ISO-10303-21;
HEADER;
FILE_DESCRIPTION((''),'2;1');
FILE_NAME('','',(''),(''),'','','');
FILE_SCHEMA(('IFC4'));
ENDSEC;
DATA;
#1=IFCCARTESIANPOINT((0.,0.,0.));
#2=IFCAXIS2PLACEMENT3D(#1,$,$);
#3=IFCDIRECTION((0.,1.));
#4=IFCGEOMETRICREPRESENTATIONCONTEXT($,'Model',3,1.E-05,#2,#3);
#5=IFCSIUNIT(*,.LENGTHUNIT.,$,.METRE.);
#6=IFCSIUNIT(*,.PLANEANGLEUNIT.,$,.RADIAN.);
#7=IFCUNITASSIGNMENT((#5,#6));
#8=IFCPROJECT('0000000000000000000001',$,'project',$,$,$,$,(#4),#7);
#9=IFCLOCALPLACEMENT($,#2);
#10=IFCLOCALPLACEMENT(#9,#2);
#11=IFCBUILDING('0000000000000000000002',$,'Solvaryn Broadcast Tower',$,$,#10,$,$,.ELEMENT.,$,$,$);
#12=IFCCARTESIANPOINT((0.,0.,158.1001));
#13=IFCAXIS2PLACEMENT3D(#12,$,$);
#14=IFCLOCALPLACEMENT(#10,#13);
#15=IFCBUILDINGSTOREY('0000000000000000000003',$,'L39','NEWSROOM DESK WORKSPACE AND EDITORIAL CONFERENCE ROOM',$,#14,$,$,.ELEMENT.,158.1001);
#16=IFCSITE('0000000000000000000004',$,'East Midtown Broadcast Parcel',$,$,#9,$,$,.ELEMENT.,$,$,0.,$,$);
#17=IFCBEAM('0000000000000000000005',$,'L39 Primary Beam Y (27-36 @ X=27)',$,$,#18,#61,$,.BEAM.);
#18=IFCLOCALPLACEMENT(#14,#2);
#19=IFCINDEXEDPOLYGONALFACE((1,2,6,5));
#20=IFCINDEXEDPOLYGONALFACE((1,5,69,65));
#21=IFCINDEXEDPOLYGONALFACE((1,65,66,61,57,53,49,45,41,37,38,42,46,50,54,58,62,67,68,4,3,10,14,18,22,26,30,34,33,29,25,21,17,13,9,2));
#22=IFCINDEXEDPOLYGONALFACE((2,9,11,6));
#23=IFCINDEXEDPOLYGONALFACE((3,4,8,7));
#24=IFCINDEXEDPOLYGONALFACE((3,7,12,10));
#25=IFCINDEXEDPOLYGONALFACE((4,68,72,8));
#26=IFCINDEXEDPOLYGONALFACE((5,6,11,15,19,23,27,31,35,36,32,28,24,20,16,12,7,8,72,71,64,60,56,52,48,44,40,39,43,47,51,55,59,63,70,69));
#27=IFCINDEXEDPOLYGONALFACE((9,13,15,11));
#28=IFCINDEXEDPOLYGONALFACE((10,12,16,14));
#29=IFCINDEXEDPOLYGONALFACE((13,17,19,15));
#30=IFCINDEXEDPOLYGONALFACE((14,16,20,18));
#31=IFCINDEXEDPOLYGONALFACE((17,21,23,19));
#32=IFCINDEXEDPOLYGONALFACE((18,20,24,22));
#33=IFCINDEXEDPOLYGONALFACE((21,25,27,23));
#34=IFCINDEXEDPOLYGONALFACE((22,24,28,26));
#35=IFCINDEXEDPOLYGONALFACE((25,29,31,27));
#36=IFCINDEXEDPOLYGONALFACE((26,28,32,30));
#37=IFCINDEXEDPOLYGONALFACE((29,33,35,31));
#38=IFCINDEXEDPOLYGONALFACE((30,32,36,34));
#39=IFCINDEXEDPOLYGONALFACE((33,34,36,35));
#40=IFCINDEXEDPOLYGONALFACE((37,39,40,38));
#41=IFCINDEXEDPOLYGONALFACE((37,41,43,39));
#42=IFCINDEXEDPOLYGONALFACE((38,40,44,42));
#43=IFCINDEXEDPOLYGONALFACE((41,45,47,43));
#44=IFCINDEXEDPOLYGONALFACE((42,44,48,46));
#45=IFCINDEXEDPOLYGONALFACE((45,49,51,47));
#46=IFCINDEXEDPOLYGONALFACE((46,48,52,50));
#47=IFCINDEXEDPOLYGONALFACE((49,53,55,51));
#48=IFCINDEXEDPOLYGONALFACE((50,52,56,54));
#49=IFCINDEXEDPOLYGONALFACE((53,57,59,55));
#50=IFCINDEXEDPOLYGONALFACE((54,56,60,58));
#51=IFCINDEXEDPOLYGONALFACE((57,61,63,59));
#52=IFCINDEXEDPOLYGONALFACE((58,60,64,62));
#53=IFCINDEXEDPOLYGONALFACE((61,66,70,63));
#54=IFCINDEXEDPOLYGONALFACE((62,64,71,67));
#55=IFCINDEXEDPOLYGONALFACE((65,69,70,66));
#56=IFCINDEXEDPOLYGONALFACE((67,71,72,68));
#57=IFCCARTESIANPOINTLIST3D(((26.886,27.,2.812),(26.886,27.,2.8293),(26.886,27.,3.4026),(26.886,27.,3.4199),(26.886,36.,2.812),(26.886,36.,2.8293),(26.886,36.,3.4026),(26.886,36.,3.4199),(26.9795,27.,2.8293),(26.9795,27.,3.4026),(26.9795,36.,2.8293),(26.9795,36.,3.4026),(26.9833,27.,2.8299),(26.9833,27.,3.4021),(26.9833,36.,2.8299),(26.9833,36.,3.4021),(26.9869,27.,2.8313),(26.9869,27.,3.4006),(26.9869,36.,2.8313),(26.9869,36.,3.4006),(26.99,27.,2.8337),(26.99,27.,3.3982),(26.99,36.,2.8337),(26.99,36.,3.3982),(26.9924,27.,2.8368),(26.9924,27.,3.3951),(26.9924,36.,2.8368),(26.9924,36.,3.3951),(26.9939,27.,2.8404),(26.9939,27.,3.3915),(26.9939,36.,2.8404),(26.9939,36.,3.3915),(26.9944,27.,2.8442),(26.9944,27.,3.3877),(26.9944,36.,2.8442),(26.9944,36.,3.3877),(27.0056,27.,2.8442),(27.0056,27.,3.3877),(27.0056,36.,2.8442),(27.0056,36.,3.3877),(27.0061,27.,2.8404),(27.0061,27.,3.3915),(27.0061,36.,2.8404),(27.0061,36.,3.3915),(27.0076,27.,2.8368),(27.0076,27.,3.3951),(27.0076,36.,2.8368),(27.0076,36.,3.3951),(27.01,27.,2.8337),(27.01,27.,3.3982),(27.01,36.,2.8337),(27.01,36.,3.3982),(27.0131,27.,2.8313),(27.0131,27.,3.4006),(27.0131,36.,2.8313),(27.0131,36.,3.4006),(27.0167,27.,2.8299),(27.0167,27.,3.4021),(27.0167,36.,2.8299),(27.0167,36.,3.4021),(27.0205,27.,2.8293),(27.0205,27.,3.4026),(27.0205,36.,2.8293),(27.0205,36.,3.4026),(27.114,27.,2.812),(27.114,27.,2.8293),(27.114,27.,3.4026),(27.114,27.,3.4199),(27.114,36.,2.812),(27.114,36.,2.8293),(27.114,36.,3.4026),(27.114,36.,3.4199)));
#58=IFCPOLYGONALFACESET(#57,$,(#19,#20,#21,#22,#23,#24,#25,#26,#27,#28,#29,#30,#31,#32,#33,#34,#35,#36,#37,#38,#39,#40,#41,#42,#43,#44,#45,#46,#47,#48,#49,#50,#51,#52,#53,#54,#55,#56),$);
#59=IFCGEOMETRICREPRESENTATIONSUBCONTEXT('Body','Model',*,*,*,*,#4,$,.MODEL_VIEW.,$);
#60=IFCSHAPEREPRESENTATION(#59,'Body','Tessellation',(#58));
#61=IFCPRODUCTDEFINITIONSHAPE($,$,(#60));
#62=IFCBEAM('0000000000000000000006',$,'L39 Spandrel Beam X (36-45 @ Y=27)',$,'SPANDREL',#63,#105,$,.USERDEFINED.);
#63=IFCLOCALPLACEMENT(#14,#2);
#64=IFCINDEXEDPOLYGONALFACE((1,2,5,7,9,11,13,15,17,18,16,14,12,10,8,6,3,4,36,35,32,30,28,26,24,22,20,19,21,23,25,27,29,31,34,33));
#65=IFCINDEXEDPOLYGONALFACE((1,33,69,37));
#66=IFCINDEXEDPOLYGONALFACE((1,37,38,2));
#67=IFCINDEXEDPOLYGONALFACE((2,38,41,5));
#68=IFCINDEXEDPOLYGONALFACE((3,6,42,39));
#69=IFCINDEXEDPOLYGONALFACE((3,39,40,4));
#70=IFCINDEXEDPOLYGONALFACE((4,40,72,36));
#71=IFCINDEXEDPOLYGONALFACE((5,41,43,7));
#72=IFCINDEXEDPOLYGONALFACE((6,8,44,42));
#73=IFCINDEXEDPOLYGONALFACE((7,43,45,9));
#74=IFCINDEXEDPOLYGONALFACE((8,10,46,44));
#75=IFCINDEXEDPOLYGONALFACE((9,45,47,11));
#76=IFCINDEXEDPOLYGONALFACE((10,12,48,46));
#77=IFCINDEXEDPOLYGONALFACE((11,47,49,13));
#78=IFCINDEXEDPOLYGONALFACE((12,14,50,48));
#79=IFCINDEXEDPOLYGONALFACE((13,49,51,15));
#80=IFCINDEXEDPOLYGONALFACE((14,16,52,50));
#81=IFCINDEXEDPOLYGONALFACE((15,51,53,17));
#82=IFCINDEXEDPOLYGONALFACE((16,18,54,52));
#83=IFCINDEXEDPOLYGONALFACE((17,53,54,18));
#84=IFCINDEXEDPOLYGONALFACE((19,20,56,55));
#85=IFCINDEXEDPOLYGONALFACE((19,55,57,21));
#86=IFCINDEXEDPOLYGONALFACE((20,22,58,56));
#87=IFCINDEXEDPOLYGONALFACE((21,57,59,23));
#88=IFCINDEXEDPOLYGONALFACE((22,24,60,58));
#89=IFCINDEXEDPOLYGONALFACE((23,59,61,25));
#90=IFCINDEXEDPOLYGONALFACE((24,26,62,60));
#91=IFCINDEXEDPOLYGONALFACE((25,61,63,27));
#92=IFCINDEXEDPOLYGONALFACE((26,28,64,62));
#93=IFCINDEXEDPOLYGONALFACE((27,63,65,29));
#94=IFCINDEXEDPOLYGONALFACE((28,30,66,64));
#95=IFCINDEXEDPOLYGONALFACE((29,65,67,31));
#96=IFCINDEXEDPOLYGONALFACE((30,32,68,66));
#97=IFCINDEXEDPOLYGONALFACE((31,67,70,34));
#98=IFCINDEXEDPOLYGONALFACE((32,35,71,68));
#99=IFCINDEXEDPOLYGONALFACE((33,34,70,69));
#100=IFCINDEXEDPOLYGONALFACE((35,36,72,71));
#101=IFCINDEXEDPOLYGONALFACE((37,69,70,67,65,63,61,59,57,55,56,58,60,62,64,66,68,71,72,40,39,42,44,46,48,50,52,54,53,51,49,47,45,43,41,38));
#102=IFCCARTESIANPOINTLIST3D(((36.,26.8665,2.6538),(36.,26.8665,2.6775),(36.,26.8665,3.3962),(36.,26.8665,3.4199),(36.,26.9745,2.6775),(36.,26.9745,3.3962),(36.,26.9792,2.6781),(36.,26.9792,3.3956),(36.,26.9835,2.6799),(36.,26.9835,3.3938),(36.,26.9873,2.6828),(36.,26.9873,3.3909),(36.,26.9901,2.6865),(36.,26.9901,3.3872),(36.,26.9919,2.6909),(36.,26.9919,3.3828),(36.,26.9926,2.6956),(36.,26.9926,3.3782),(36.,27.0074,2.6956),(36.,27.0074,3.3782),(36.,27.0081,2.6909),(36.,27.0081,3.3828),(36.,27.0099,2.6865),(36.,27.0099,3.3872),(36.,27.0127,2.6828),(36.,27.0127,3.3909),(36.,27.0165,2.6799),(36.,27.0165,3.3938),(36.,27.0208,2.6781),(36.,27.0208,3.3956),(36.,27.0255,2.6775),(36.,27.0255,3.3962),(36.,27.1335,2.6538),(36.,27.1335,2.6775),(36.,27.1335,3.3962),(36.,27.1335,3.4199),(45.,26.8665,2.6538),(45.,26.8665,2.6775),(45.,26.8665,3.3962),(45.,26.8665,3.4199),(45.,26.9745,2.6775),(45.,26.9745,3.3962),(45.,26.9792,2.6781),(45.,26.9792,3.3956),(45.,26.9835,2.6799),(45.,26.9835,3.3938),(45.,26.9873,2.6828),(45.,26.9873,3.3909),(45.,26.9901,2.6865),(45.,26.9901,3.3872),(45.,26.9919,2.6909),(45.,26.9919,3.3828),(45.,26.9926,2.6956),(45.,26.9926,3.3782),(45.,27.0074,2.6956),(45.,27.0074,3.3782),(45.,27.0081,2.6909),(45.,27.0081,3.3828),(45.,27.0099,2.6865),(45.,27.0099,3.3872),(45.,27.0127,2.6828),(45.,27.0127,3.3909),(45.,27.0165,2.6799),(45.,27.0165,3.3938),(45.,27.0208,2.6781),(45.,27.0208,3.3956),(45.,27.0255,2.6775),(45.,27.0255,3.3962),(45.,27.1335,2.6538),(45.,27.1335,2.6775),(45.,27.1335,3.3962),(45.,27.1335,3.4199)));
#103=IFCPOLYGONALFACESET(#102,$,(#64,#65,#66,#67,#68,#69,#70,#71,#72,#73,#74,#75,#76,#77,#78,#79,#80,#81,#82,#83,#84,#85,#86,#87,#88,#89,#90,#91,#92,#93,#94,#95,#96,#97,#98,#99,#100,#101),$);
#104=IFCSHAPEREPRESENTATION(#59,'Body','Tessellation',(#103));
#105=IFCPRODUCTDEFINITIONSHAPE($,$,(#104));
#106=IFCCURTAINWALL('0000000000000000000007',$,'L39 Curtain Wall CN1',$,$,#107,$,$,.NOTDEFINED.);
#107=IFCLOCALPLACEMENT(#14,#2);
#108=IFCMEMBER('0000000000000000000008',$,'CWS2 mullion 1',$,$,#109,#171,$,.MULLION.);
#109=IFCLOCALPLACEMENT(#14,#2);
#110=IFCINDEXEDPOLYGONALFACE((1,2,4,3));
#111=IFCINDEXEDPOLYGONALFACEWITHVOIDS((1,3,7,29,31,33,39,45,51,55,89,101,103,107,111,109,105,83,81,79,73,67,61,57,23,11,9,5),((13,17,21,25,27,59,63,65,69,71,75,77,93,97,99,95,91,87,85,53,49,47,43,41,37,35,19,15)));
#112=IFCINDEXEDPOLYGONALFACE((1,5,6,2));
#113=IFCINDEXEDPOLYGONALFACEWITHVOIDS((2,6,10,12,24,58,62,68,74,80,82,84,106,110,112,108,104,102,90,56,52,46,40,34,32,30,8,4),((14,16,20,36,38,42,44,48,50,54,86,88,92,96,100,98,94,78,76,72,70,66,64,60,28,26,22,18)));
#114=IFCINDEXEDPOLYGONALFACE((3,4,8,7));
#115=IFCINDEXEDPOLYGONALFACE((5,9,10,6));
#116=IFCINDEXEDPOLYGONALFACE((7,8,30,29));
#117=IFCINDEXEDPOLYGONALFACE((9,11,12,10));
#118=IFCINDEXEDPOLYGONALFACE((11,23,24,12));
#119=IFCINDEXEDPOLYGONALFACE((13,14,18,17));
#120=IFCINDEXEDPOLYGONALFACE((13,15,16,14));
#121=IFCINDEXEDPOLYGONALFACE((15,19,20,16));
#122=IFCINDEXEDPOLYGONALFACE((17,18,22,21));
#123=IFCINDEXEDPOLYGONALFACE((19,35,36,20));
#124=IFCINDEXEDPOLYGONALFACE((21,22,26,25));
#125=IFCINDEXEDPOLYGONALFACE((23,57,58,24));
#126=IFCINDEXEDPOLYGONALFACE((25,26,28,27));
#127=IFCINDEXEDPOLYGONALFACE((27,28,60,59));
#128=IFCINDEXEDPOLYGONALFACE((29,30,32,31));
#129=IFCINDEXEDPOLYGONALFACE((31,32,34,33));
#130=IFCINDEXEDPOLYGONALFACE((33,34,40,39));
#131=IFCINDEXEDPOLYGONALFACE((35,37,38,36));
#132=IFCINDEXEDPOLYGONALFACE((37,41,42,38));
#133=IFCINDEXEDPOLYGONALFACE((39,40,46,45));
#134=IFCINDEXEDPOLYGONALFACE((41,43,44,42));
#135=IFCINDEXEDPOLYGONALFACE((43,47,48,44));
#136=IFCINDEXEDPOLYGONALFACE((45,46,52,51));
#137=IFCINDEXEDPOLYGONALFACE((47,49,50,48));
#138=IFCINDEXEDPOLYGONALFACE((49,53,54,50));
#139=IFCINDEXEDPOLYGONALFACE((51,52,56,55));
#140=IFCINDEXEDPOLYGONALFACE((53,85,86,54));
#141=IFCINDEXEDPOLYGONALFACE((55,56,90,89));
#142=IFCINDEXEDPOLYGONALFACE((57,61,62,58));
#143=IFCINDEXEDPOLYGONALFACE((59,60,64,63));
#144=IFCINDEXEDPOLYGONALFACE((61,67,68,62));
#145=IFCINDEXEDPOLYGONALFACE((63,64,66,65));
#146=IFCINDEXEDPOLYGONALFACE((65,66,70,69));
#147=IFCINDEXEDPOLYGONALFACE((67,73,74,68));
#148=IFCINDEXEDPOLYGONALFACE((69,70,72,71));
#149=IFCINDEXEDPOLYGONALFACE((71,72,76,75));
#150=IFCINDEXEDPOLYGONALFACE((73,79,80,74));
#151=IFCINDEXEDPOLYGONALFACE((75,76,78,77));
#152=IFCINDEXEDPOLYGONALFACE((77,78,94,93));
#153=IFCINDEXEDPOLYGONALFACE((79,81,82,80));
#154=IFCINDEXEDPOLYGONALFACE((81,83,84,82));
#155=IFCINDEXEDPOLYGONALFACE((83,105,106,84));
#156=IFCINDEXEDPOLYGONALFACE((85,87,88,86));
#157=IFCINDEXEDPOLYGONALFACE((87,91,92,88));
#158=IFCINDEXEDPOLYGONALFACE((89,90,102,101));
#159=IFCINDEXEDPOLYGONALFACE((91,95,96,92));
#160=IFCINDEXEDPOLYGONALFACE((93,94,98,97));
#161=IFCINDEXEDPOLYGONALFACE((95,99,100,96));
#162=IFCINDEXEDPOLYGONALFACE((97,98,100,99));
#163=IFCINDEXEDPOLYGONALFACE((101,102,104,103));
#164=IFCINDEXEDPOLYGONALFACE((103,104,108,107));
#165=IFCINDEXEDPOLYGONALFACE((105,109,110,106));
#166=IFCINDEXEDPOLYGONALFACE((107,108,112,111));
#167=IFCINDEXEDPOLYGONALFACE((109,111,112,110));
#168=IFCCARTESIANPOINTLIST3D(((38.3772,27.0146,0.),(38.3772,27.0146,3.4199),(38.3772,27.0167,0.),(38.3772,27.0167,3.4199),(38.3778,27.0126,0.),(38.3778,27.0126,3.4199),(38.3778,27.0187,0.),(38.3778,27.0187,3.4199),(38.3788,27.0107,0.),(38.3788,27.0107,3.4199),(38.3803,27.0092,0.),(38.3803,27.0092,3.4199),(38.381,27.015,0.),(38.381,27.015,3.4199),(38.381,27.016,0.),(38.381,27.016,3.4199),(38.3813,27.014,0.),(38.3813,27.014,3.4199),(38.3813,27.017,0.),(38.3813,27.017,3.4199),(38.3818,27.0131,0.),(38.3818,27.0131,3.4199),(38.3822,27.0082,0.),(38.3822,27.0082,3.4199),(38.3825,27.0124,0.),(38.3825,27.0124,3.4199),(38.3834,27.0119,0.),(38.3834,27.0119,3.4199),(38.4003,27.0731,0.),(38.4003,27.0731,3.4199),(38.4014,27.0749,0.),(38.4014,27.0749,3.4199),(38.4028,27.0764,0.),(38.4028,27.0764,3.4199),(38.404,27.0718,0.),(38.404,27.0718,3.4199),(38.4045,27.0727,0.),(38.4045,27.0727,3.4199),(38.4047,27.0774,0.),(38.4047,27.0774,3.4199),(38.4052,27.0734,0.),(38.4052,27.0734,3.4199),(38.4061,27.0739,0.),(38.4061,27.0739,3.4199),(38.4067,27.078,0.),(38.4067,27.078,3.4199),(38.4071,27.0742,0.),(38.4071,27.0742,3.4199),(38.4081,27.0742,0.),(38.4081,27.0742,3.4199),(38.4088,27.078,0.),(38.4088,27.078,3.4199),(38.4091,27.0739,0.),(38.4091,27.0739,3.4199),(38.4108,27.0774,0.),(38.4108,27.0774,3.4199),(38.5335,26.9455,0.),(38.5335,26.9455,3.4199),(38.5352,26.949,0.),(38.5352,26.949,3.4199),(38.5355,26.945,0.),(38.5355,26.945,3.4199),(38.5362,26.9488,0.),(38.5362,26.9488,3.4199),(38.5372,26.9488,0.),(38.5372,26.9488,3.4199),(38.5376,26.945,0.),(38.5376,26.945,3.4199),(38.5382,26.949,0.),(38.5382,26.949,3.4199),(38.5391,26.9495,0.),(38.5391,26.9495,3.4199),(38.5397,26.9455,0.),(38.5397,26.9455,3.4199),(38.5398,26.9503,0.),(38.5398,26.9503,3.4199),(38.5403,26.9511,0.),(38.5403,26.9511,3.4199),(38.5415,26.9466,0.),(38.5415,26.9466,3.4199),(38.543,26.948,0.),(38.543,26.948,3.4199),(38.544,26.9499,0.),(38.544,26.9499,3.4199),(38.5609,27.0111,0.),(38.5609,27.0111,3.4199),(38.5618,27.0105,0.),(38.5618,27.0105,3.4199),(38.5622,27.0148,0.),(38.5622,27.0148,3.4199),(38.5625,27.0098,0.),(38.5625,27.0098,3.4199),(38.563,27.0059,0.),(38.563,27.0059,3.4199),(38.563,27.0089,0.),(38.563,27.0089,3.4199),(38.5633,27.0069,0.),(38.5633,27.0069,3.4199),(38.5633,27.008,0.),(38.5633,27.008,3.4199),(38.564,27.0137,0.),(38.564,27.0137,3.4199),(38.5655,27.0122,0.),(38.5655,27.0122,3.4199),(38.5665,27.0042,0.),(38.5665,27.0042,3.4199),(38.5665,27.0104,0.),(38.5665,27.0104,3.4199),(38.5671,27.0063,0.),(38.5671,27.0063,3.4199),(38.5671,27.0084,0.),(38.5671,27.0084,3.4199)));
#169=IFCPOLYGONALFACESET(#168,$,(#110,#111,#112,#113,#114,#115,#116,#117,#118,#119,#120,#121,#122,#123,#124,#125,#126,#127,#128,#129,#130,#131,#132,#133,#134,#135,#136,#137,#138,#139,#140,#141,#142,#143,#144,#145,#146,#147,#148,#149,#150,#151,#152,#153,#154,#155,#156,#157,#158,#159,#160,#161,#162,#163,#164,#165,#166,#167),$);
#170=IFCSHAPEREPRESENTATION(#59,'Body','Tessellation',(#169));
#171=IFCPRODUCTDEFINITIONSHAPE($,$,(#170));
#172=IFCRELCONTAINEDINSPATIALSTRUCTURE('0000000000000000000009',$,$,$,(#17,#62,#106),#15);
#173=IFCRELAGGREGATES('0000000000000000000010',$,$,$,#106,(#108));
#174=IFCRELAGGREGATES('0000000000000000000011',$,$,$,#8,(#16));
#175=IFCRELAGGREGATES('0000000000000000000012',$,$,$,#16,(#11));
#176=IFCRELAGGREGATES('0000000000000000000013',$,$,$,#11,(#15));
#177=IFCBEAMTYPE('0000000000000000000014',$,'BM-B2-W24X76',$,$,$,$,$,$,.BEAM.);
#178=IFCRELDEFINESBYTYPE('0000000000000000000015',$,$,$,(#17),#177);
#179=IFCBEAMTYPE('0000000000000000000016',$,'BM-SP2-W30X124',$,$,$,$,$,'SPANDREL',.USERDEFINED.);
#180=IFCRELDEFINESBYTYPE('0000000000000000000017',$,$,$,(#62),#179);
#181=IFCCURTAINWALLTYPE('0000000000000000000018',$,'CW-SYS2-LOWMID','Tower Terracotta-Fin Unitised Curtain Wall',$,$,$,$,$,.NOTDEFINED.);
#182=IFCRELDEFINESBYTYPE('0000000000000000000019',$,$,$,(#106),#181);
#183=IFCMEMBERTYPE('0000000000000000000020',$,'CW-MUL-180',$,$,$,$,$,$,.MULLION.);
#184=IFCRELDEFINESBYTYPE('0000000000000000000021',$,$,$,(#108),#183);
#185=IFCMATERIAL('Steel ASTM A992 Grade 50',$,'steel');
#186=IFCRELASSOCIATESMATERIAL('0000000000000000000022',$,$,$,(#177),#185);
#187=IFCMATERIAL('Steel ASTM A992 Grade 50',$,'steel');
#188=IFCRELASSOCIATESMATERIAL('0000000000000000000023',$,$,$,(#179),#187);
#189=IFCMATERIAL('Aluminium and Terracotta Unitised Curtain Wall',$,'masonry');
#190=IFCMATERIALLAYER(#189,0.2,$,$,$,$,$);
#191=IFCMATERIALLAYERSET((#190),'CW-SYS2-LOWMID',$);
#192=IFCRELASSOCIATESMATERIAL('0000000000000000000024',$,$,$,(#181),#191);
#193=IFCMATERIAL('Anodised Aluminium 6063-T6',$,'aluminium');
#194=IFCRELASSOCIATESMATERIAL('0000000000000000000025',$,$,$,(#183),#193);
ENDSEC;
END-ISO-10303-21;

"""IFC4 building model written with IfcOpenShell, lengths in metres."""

from ifc_helpers import new_model, si_unit, direction, frame, origin, origin_2d, place, context, subcontext, project, spatial, hollow_rectangle, i_section, extrude, material, layer, layer_set, material_profile, profile_set, type_object, element, aggregate, save


model = new_model("IFC4")

# Units and contexts
model_context = context("Model", 3, precision=1e-05, world=origin(), true_north=direction((0.0, 1.0)))
body_context = subcontext(model_context, "Body", "Model", "MODEL_VIEW")
ifc_project = project(units=[si_unit("LENGTHUNIT", "METRE"), si_unit("PLANEANGLEUNIT", "RADIAN")], contexts=[model_context])

# Site, building, storey
site_placement = place(None, origin())
site = spatial("IfcSite", under=ifc_project, at=site_placement, Name="East Midtown Broadcast Parcel", CompositionType="ELEMENT", RefElevation=0.0)
building_placement = place(site_placement, origin())
building = spatial("IfcBuilding", under=site, at=building_placement, Name="Solvaryn Broadcast Tower", CompositionType="ELEMENT")
storey_placement = place(building_placement, frame((0.0, 0.0, 158.1001)))
storey = spatial("IfcBuildingStorey", under=building, at=storey_placement, Name="L39", Description="NEWSROOM DESK WORKSPACE AND EDITORIAL CONFERENCE ROOM", CompositionType="ELEMENT", Elevation=158.1001)

# Beams
ifc_material_1 = material(Name="Steel ASTM A992 Grade 50", Category="steel")
ifc_material_profile_1 = material_profile(ifc_material_1, i_section(OverallWidth=0.228, OverallDepth=0.6079, WebThickness=0.0112, FlangeThickness=0.0173, FilletRadius=0.0149, at=origin_2d()))
ifc_profile_set_1 = profile_set([ifc_material_profile_1], Name="Steel ASTM A992 Grade 50")
beam_type_1 = type_object("IfcBeamType", Name="BM-B2-W24X76", PredefinedType="BEAM", material=ifc_profile_set_1)
beam_1_placement = place(storey_placement, frame((27.0, 27.0, 3.116), z_axis=(0.0, 1.0, 0.0), x_axis=(-1.0, 0.0, 0.0)))
element("IfcBeam", 1, at=beam_1_placement, inside=storey, type_object=beam_type_1, Name="L39 Primary Beam Y (27-36 @ X=27)", PredefinedType="BEAM", context=body_context, shape_type="SweptSolid", body=[
    extrude(i_section(OverallWidth=0.228, OverallDepth=0.6079, WebThickness=0.0112, FlangeThickness=0.0173, FilletRadius=0.0149, at=origin_2d()), origin(), (0.0, 0.0, 1.0), 9.0),
])
ifc_material_2 = material(Name="Steel ASTM A992 Grade 50", Category="steel")
ifc_material_profile_2 = material_profile(ifc_material_2, i_section(OverallWidth=0.2671, OverallDepth=0.7661, WebThickness=0.0149, FlangeThickness=0.0237, FilletRadius=0.0181, at=origin_2d()))
ifc_profile_set_2 = profile_set([ifc_material_profile_2], Name="Steel ASTM A992 Grade 50")
beam_type_2 = type_object("IfcBeamType", Name="BM-SP2-W30X124", ElementType="SPANDREL", PredefinedType="USERDEFINED", material=ifc_profile_set_2)
beam_2_placement = place(storey_placement, frame((36.0, 27.0, 3.0369), z_axis=(1.0, 0.0, 0.0), x_axis=(0.0, 1.0, 0.0)))
element("IfcBeam", 2, at=beam_2_placement, inside=storey, type_object=beam_type_2, Name="L39 Spandrel Beam X (36-45 @ Y=27)", ObjectType="SPANDREL", PredefinedType="USERDEFINED", context=body_context, shape_type="SweptSolid", body=[
    extrude(i_section(OverallWidth=0.2671, OverallDepth=0.7661, WebThickness=0.0149, FlangeThickness=0.0237, FilletRadius=0.0181, at=origin_2d()), origin(), (0.0, 0.0, 1.0), 9.0),
])

# Curtain wall, member
ifc_material_3 = material(Name="Aluminium and Terracotta Unitised Curtain Wall", Category="masonry")
ifc_layer_1 = layer(ifc_material_3, 0.2)
ifc_layer_set_1 = layer_set([ifc_layer_1], Name="CW-SYS2-LOWMID")
curtain_wall_type = type_object("IfcCurtainWallType", Name="CW-SYS2-LOWMID", Description="Tower Terracotta-Fin Unitised Curtain Wall", PredefinedType="NOTDEFINED", material=ifc_layer_set_1)
curtain_wall_1_placement = place(storey_placement, origin())
curtain_wall_1 = element("IfcCurtainWall", 3, at=curtain_wall_1_placement, inside=storey, type_object=curtain_wall_type, Name="L39 Curtain Wall CN1", PredefinedType="NOTDEFINED")
ifc_material_4 = material(Name="Anodised Aluminium 6063-T6", Category="aluminium")
ifc_material_profile_3 = material_profile(ifc_material_4, hollow_rectangle(XDim=0.075, YDim=0.1799, WallThickness=0.0039, InnerFilletRadius=0.0039, OuterFilletRadius=0.0081, at=origin_2d()))
ifc_profile_set_3 = profile_set([ifc_material_profile_3], Name="Anodised Aluminium 6063-T6")
member_type_1 = type_object("IfcMemberType", Name="CW-MUL-180", PredefinedType="MULLION", material=ifc_profile_set_3)
member_1_placement = place(storey_placement, frame((38.4722, 27.0115, 0.0), z_axis=(0.0, 0.0, 1.0), x_axis=(-0.382646, -0.923895, 0.0)))
member_1 = element("IfcMember", 4, at=member_1_placement, type_object=member_type_1, Name="CWS2 mullion 1", PredefinedType="MULLION", context=body_context, shape_type="SweptSolid", body=[
    extrude(hollow_rectangle(XDim=0.075, YDim=0.1799, WallThickness=0.0039, InnerFilletRadius=0.0039, OuterFilletRadius=0.0081, at=origin_2d()), origin(), (0.0, 0.0, 1.0), 3.4199),
])

aggregate(curtain_wall_1, [member_1])

save(model, "model.ifc")
